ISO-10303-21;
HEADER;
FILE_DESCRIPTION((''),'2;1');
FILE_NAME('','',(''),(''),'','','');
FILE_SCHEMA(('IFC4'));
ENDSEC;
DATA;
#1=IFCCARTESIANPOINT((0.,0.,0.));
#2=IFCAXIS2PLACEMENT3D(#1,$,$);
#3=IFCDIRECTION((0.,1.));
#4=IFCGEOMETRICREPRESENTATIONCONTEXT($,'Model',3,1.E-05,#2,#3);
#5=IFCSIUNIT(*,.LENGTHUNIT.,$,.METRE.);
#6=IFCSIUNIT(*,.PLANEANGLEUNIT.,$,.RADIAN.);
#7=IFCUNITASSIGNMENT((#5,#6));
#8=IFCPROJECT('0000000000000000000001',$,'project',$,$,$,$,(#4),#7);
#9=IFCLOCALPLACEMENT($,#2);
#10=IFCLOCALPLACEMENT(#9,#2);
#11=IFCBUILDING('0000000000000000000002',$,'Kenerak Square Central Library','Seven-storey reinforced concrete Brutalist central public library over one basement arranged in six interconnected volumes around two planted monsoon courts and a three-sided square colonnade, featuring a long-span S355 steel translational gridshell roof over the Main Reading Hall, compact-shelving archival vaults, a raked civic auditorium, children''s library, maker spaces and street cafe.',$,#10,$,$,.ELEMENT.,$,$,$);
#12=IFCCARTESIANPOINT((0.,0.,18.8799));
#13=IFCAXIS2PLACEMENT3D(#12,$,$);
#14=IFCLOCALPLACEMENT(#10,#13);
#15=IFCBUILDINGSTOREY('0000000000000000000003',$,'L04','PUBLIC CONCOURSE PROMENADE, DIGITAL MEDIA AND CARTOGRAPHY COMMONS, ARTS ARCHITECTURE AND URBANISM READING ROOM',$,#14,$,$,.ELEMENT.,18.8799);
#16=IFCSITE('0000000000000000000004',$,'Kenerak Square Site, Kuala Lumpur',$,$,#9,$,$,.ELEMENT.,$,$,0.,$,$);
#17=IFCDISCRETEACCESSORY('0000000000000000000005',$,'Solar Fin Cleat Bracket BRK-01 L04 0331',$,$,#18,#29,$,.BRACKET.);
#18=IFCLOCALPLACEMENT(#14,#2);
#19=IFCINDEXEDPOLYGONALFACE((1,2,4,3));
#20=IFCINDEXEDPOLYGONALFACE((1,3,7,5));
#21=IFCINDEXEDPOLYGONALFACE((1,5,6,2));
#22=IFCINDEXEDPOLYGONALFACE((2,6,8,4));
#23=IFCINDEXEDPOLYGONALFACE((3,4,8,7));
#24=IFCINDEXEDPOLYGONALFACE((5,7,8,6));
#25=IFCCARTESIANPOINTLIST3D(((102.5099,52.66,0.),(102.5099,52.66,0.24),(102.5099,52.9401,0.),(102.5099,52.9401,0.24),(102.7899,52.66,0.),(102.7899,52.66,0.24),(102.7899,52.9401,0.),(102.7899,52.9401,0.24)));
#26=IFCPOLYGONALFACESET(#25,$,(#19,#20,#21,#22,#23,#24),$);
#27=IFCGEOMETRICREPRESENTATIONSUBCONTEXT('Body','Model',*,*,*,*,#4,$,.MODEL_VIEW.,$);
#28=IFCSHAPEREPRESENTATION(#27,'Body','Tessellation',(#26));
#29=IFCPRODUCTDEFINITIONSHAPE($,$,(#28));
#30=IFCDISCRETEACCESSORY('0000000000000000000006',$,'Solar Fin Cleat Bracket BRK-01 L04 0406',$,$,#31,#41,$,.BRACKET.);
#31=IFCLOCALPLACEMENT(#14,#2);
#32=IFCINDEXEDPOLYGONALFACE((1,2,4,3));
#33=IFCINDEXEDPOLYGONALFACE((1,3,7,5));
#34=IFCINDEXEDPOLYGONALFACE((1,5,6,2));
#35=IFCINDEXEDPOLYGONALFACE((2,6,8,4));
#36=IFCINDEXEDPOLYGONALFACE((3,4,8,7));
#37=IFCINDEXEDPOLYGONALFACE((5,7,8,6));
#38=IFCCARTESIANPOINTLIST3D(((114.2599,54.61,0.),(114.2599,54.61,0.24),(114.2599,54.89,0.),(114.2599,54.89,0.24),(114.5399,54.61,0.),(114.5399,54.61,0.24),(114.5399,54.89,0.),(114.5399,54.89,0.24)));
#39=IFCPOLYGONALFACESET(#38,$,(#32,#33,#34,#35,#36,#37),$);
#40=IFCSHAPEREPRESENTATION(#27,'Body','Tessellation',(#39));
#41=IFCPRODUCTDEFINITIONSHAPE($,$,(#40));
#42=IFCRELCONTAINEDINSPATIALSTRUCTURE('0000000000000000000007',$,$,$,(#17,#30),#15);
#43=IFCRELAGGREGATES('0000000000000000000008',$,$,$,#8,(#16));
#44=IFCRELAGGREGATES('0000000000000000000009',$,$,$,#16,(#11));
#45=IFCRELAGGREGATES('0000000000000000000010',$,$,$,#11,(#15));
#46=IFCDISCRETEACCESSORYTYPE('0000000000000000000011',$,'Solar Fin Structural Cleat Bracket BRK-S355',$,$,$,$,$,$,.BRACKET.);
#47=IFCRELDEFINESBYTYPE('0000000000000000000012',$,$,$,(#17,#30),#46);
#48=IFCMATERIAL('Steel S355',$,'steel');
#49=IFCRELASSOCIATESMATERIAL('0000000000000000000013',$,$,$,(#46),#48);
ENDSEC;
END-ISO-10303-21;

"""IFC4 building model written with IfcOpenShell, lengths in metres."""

from ifc_helpers import new_model, si_unit, direction, frame, origin, origin_2d, place, context, subcontext, project, spatial, rectangle, extrude, material, type_object, element, save


model = new_model("IFC4")

# Units and contexts
model_context = context("Model", 3, precision=1e-05, world=origin(), true_north=direction((0.0, 1.0)))
body_context = subcontext(model_context, "Body", "Model", "MODEL_VIEW")
ifc_project = project(units=[si_unit("LENGTHUNIT", "METRE"), si_unit("PLANEANGLEUNIT", "RADIAN")], contexts=[model_context])

# Site, building, storey
site_placement = place(None, origin())
site = spatial("IfcSite", under=ifc_project, at=site_placement, Name="Kenerak Square Site, Kuala Lumpur", CompositionType="ELEMENT", RefElevation=0.0)
building_placement = place(site_placement, origin())
building = spatial("IfcBuilding", under=site, at=building_placement, Name="Kenerak Square Central Library", Description="Seven-storey reinforced concrete Brutalist central public library over one basement arranged in six interconnected volumes around two planted monsoon courts and a three-sided square colonnade, featuring a long-span S355 steel translational gridshell roof over the Main Reading Hall, compact-shelving archival vaults, a raked civic auditorium, children's library, maker spaces and street cafe.", CompositionType="ELEMENT")
storey_placement = place(building_placement, frame((0.0, 0.0, 18.8799)))
storey = spatial("IfcBuildingStorey", under=building, at=storey_placement, Name="L04", Description="PUBLIC CONCOURSE PROMENADE, DIGITAL MEDIA AND CARTOGRAPHY COMMONS, ARTS ARCHITECTURE AND URBANISM READING ROOM", CompositionType="ELEMENT", Elevation=18.8799)

# Shared definitions
ifc_material_1 = material(Name="Steel S355", Category="steel")

# Discrete accessories
discrete_accessory_type = type_object("IfcDiscreteAccessoryType", Name="Solar Fin Structural Cleat Bracket BRK-S355", PredefinedType="BRACKET", material=ifc_material_1)
for number, where, z_axis, x_axis, name in (
    (1, (102.6499, 52.8, 0.0), (0.0, 0.0, 1.0), (-1.0, 0.0, 0.0), "Solar Fin Cleat Bracket BRK-01 L04 0331"),
    (2, (114.3999, 54.75, 0.0), (0.0, 0.0, 1.0), (0.0, -1.0, 0.0), "Solar Fin Cleat Bracket BRK-01 L04 0406"),
):
    element("IfcDiscreteAccessory", number, at=place(storey_placement, frame(where, z_axis=z_axis, x_axis=x_axis)), inside=storey, type_object=discrete_accessory_type, Name=name, PredefinedType="BRACKET", context=body_context, shape_type="SweptSolid", body=[
        extrude(rectangle(XDim=0.28, YDim=0.28, at=origin_2d()), origin(), (0.0, 0.0, 1.0), 0.24),
    ])

save(model, "model.ifc")
